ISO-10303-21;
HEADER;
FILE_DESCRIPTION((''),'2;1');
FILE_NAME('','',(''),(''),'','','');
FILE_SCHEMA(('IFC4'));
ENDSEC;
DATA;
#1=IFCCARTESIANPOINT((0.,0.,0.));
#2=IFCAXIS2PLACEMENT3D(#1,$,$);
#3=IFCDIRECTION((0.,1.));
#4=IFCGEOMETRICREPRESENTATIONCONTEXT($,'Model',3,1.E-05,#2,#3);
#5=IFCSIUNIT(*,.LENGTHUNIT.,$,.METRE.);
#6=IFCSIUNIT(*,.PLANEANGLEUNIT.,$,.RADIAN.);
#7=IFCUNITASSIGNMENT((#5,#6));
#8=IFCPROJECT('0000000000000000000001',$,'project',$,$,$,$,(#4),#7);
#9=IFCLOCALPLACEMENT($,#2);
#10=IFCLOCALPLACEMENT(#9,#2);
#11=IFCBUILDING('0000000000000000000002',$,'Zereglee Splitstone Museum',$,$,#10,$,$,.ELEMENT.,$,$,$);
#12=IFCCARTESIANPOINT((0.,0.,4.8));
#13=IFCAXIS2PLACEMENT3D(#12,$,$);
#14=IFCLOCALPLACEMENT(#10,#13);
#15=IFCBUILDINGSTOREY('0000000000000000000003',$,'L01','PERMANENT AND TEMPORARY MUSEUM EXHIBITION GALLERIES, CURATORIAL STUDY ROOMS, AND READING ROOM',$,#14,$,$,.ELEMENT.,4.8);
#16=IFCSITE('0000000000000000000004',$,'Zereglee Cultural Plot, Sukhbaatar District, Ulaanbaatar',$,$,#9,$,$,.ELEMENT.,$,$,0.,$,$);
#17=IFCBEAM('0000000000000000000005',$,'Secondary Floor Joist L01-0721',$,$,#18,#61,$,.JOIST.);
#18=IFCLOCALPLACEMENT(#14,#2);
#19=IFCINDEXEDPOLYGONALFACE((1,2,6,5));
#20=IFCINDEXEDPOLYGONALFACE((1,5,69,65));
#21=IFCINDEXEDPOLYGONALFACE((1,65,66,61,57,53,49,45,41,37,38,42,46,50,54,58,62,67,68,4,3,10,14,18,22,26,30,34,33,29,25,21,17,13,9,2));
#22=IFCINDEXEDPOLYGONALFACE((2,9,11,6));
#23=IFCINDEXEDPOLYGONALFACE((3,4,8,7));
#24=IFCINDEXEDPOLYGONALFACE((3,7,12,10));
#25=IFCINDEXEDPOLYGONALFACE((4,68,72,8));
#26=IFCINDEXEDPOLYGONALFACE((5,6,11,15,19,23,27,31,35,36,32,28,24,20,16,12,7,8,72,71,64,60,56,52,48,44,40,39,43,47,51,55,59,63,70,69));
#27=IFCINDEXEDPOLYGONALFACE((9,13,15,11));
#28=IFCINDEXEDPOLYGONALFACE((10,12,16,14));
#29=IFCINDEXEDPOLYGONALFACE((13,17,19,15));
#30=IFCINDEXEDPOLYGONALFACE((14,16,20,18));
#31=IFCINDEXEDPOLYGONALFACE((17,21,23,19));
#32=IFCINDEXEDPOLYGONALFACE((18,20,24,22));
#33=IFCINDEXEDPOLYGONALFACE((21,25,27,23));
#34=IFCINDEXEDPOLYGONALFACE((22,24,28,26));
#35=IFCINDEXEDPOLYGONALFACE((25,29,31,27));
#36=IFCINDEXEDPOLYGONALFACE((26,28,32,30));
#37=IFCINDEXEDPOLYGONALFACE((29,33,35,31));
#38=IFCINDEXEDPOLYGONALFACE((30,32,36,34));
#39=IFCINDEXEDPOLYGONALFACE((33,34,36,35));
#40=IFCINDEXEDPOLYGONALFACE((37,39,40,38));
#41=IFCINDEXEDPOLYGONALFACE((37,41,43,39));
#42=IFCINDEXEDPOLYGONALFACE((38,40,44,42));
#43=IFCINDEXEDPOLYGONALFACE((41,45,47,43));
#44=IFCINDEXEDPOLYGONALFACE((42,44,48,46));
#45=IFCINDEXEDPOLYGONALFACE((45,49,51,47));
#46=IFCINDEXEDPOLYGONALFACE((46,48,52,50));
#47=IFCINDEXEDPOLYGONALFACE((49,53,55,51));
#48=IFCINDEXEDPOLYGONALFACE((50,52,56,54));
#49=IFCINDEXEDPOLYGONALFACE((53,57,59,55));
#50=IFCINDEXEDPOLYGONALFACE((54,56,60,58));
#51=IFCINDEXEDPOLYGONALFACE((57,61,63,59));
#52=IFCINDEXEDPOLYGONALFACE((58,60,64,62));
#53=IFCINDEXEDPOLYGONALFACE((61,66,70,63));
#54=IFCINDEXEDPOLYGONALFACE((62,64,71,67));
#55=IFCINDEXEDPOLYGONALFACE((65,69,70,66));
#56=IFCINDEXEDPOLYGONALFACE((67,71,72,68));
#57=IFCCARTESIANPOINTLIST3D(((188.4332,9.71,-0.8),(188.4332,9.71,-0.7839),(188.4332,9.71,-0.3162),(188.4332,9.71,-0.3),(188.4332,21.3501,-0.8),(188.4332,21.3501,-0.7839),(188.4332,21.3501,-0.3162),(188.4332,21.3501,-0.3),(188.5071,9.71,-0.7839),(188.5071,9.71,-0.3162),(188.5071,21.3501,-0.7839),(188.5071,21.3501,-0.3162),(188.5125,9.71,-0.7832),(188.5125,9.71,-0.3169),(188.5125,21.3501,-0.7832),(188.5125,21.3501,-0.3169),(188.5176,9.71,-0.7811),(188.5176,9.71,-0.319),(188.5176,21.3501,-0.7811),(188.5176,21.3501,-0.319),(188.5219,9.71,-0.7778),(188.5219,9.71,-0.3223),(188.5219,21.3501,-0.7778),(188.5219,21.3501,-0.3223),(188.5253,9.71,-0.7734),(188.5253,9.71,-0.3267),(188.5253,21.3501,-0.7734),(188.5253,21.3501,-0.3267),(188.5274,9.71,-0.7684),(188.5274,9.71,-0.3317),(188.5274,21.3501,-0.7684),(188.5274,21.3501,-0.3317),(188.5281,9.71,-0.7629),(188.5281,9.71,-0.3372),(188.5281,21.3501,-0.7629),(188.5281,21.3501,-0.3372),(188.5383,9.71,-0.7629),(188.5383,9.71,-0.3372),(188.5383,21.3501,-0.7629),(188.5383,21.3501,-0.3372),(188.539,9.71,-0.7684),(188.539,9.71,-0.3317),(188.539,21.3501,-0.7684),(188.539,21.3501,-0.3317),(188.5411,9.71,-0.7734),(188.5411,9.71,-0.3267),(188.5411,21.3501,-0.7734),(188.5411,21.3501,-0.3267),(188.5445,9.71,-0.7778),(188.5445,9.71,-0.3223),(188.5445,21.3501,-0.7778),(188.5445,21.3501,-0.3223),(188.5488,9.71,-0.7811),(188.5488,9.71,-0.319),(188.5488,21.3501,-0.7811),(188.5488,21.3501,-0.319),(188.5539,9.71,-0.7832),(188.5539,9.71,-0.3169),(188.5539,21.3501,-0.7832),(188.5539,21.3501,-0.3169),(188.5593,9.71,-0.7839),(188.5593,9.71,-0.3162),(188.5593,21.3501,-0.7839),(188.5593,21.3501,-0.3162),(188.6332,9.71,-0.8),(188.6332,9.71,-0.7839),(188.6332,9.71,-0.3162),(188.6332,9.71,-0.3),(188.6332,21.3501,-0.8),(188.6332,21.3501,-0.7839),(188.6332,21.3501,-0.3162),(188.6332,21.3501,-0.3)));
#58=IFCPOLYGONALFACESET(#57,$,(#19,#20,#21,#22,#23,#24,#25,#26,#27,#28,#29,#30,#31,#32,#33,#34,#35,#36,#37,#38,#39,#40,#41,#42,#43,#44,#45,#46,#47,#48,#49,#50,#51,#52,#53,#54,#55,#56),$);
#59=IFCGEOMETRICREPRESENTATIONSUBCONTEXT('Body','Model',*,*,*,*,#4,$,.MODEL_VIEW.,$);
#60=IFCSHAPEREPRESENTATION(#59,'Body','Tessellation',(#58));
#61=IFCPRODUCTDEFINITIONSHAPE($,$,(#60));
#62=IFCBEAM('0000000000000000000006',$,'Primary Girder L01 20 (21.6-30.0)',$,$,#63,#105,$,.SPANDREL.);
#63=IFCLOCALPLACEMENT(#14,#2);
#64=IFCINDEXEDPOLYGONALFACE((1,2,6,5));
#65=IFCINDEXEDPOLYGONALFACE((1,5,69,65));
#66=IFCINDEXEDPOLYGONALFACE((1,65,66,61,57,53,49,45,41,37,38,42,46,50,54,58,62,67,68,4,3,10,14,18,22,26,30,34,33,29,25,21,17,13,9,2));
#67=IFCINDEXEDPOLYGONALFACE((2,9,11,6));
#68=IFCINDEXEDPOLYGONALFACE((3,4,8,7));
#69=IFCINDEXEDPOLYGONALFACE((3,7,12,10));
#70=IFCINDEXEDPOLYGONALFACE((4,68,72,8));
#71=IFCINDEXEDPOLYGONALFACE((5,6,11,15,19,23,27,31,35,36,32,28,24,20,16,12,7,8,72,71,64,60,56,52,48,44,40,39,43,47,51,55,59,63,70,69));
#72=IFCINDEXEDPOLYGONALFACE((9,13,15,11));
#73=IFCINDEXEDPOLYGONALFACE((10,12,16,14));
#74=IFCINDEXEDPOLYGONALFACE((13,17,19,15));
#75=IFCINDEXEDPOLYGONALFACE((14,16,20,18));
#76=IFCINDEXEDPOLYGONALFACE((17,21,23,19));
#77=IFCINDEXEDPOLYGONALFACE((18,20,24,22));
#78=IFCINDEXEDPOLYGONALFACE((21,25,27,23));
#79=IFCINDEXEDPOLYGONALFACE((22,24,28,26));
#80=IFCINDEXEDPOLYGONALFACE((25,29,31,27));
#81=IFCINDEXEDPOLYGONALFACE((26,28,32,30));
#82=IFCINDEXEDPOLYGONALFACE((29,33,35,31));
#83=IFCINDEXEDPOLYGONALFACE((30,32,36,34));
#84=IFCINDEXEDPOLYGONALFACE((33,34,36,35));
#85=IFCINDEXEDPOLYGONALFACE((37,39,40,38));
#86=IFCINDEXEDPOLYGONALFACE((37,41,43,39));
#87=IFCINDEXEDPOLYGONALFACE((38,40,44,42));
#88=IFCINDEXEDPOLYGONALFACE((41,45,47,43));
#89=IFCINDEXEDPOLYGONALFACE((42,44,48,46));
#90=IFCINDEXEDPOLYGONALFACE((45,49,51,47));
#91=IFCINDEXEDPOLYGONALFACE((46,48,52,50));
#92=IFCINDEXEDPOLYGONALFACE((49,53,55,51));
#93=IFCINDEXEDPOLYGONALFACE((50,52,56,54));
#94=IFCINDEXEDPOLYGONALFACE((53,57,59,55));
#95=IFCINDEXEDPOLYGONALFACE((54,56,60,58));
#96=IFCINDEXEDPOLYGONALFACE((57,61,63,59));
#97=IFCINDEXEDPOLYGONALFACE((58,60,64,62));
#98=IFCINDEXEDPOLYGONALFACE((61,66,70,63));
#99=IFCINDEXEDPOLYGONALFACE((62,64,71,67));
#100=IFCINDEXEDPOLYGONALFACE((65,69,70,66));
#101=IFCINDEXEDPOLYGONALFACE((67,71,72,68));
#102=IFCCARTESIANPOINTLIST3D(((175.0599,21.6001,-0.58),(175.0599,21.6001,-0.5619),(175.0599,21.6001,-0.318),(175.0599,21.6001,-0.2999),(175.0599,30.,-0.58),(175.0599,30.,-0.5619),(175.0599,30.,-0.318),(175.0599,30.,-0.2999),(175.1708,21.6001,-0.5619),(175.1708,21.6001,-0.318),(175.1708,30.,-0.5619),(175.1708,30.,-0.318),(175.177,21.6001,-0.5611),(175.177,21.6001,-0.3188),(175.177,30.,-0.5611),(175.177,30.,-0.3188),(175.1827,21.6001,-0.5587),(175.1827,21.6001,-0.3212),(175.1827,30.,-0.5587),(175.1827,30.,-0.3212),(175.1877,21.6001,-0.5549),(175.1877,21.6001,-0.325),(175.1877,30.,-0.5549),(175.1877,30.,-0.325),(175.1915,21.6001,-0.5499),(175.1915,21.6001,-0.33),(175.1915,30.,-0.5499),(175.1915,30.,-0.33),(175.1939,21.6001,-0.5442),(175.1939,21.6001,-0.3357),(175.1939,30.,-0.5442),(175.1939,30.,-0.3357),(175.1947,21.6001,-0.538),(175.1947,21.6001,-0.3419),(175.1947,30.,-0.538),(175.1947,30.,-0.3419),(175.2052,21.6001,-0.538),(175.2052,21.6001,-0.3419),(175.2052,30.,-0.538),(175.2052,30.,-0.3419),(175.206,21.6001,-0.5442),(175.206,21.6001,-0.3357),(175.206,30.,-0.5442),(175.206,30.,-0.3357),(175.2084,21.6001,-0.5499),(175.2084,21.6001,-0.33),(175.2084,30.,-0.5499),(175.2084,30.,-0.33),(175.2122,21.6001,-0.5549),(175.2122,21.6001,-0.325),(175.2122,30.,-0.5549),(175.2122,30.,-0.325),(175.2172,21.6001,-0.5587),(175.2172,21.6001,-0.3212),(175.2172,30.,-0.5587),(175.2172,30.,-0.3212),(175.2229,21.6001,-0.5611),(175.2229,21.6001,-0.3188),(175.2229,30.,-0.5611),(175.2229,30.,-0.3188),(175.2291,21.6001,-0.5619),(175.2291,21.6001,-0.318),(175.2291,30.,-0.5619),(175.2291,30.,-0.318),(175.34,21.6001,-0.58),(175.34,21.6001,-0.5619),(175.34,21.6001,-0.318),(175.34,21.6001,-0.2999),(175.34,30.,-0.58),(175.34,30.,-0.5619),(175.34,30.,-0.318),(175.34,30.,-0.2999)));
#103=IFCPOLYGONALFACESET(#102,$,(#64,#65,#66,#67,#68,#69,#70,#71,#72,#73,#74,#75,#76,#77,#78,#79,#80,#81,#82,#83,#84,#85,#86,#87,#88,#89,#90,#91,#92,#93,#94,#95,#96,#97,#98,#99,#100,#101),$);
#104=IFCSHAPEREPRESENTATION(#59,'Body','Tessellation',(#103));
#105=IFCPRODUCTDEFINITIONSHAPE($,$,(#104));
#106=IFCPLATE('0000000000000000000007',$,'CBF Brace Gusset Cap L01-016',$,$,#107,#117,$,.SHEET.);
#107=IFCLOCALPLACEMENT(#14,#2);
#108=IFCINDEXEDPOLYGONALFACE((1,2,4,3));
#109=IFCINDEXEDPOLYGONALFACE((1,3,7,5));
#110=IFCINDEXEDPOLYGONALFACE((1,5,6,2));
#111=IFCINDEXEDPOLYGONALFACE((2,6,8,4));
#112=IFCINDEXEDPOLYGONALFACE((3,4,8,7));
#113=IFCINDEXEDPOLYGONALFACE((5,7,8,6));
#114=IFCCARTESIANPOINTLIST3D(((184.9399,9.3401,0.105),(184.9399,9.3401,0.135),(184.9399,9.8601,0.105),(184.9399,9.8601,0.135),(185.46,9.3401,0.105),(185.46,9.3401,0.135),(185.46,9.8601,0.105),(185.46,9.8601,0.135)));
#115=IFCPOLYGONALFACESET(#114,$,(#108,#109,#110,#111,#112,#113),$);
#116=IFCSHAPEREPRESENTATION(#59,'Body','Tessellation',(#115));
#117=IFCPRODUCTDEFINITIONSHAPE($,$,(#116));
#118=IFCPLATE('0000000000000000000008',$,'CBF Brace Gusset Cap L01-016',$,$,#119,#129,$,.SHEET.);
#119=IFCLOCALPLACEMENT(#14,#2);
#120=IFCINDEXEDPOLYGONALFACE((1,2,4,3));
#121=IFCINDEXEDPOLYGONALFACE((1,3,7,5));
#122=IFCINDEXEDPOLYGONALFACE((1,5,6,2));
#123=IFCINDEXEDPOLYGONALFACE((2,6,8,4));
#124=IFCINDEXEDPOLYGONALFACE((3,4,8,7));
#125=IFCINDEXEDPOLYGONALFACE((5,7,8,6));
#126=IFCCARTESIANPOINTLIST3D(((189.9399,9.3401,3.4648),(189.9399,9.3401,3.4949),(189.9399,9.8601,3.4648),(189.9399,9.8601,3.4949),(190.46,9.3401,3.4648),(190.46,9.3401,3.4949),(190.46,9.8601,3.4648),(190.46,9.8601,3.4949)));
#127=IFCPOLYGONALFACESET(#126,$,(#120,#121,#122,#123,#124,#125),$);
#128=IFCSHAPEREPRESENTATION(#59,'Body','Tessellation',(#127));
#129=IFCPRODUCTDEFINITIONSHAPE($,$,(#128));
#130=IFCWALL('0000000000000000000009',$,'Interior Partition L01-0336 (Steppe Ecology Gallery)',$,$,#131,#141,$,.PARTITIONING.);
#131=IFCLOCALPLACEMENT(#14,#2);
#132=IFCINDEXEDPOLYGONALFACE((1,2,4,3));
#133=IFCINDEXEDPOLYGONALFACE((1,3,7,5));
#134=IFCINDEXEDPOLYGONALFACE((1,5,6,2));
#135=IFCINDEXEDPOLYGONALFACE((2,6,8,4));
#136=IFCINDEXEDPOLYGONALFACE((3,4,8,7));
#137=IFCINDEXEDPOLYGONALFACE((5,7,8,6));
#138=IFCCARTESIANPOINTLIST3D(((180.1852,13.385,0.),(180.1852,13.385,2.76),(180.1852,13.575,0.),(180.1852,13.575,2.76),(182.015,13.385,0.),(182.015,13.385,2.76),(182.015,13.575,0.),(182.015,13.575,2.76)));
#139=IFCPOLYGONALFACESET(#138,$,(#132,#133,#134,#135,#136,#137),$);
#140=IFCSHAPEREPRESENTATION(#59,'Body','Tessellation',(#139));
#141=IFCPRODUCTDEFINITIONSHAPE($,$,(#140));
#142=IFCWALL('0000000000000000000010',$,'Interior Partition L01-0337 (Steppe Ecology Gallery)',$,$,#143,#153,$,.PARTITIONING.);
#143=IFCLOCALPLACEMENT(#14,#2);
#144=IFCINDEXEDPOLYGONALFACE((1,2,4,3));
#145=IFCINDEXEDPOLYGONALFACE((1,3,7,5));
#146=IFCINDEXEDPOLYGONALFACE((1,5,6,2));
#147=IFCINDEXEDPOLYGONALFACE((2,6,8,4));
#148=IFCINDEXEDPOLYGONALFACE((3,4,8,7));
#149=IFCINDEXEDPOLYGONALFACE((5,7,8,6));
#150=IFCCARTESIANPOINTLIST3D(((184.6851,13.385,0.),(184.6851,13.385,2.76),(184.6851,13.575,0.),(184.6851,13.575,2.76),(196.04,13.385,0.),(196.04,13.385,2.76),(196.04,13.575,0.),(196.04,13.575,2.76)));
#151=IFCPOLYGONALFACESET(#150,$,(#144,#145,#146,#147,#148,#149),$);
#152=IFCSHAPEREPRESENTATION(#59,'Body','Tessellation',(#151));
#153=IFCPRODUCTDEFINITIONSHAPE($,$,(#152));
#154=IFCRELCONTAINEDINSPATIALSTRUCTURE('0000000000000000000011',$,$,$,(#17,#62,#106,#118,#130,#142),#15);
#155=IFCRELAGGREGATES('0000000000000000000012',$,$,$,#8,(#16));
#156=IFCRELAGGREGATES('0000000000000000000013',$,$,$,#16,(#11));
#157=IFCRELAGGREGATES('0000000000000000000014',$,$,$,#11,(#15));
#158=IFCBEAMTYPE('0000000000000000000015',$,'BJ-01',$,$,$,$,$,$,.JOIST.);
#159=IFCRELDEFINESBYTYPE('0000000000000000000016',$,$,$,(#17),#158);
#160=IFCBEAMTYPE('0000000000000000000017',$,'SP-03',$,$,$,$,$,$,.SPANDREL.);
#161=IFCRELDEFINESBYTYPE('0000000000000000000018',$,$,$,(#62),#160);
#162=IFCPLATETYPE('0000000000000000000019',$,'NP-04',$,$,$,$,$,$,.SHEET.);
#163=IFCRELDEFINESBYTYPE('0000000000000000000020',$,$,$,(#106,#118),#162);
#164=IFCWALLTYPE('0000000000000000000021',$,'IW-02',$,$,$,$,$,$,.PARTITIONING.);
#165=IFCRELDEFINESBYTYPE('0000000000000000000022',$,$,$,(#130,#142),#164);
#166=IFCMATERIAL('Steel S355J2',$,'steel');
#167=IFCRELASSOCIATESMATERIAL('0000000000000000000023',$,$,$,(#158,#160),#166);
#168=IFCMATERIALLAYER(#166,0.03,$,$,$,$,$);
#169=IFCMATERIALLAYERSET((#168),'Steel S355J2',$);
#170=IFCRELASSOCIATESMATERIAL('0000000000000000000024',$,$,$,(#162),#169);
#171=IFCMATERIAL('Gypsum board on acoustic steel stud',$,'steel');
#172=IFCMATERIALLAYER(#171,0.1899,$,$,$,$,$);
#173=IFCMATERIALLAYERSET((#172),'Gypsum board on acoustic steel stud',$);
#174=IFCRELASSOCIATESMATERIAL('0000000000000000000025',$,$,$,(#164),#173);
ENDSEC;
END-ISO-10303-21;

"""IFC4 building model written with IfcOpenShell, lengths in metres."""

from ifc_helpers import new_model, si_unit, direction, frame, frame_2d, origin, origin_2d, place, context, subcontext, project, spatial, rectangle, i_section, extrude, material, layer, layer_set, material_profile, profile_set, type_object, element, save


model = new_model("IFC4")

# Units and contexts
model_context = context("Model", 3, precision=1e-05, world=origin(), true_north=direction((0.0, 1.0)))
body_context = subcontext(model_context, "Body", "Model", "MODEL_VIEW")
ifc_project = project(units=[si_unit("LENGTHUNIT", "METRE"), si_unit("PLANEANGLEUNIT", "RADIAN")], contexts=[model_context])

# Site, building, storey
site_placement = place(None, origin())
site = spatial("IfcSite", under=ifc_project, at=site_placement, Name="Zereglee Cultural Plot, Sukhbaatar District, Ulaanbaatar", CompositionType="ELEMENT", RefElevation=0.0)
building_placement = place(site_placement, origin())
building = spatial("IfcBuilding", under=site, at=building_placement, Name="Zereglee Splitstone Museum", CompositionType="ELEMENT")
storey_placement = place(building_placement, frame((0.0, 0.0, 4.8)))
storey = spatial("IfcBuildingStorey", under=building, at=storey_placement, Name="L01", Description="PERMANENT AND TEMPORARY MUSEUM EXHIBITION GALLERIES, CURATORIAL STUDY ROOMS, AND READING ROOM", CompositionType="ELEMENT", Elevation=4.8)

# Shared definitions
ifc_material_1 = material(Name="Steel S355J2", Category="steel")

# Beams
ifc_material_profile_1 = material_profile(ifc_material_1, i_section(OverallWidth=0.2, OverallDepth=0.5, WebThickness=0.0103, FlangeThickness=0.0161, FilletRadius=0.021, at=origin_2d()), Name="IPE 500")
ifc_profile_set_1 = profile_set([ifc_material_profile_1], Name="Steel S355J2")
beam_type_1 = type_object("IfcBeamType", Name="BJ-01", PredefinedType="JOIST", material=ifc_profile_set_1)
beam_1_placement = place(storey_placement, frame((188.5332, 9.71, -0.55), z_axis=(0.0, 1.0, 0.0), x_axis=(-1.0, 0.0, 0.0)))
element("IfcBeam", 1, at=beam_1_placement, inside=storey, type_object=beam_type_1, Name="Secondary Floor Joist L01-0721", PredefinedType="JOIST", context=body_context, shape_type="SweptSolid", body=[
    extrude(i_section(OverallWidth=0.2, OverallDepth=0.5, WebThickness=0.0103, FlangeThickness=0.0161, FilletRadius=0.021, at=origin_2d()), origin(), (0.0, 0.0, 1.0), 11.6401),
])
ifc_material_profile_2 = material_profile(ifc_material_1, i_section(OverallWidth=0.28, OverallDepth=0.28, WebThickness=0.0105, FlangeThickness=0.0181, FilletRadius=0.0239, at=origin_2d()), Name="HE 280 B")
ifc_profile_set_2 = profile_set([ifc_material_profile_2], Name="Steel S355J2")
beam_type_2 = type_object("IfcBeamType", Name="SP-03", PredefinedType="SPANDREL", material=ifc_profile_set_2)
beam_2_placement = place(storey_placement, frame((175.2, 21.6001, -0.4399), z_axis=(0.0, 1.0, 0.0), x_axis=(-1.0, 0.0, 0.0)))
element("IfcBeam", 2, at=beam_2_placement, inside=storey, type_object=beam_type_2, Name="Primary Girder L01 20 (21.6-30.0)", PredefinedType="SPANDREL", context=body_context, shape_type="SweptSolid", body=[
    extrude(i_section(OverallWidth=0.28, OverallDepth=0.28, WebThickness=0.0105, FlangeThickness=0.0181, FilletRadius=0.0239, at=origin_2d()), origin(), (0.0, 0.0, 1.0), 8.3999),
])

# Plates
ifc_layer_1 = layer(ifc_material_1, 0.03)
ifc_layer_set_1 = layer_set([ifc_layer_1], Name="Steel S355J2")
plate_type = type_object("IfcPlateType", Name="NP-04", PredefinedType="SHEET", material=ifc_layer_set_1)
for number, where, z_axis, x_axis, name in (
    (3, (185.2, 9.6001, 0.105), (0.0, 0.0, 1.0), (1.0, 0.0, 0.0), "CBF Brace Gusset Cap L01-016"),
    (4, (190.2, 9.6001, 3.4648), (0.0, 0.0, 1.0), (1.0, 0.0, 0.0), "CBF Brace Gusset Cap L01-016"),
):
    element("IfcPlate", number, at=place(storey_placement, frame(where, z_axis=z_axis, x_axis=x_axis)), inside=storey, type_object=plate_type, Name=name, PredefinedType="SHEET", context=body_context, shape_type="SweptSolid", body=[
        extrude(rectangle(XDim=0.52, YDim=0.52, at=origin_2d()), origin(), (0.0, 0.0, 1.0), 0.03),
    ])

# Walls
ifc_material_2 = material(Name="Gypsum board on acoustic steel stud", Category="steel")
ifc_layer_2 = layer(ifc_material_2, 0.1899)
ifc_layer_set_2 = layer_set([ifc_layer_2], Name="Gypsum board on acoustic steel stud")
wall_type = type_object("IfcWallType", Name="IW-02", PredefinedType="PARTITIONING", material=ifc_layer_set_2)
wall_1_placement = place(storey_placement, frame((180.1851, 13.48, 0.0), z_axis=(0.0, 0.0, 1.0), x_axis=(1.0, 0.0, 0.0)))
element("IfcWall", 5, at=wall_1_placement, inside=storey, type_object=wall_type, Name="Interior Partition L01-0336 (Steppe Ecology Gallery)", PredefinedType="PARTITIONING", context=body_context, shape_type="SweptSolid", body=[
    extrude(rectangle(XDim=1.8298, YDim=0.1899, at=frame_2d((0.915, 0.0))), origin(), (0.0, 0.0, 1.0), 2.76),
])
wall_2_placement = place(storey_placement, frame((184.6851, 13.48, 0.0), z_axis=(0.0, 0.0, 1.0), x_axis=(1.0, 0.0, 0.0)))
element("IfcWall", 6, at=wall_2_placement, inside=storey, type_object=wall_type, Name="Interior Partition L01-0337 (Steppe Ecology Gallery)", PredefinedType="PARTITIONING", context=body_context, shape_type="SweptSolid", body=[
    extrude(rectangle(XDim=11.355, YDim=0.1899, at=frame_2d((5.6775, 0.0))), origin(), (0.0, 0.0, 1.0), 2.76),
])

save(model, "model.ifc")
